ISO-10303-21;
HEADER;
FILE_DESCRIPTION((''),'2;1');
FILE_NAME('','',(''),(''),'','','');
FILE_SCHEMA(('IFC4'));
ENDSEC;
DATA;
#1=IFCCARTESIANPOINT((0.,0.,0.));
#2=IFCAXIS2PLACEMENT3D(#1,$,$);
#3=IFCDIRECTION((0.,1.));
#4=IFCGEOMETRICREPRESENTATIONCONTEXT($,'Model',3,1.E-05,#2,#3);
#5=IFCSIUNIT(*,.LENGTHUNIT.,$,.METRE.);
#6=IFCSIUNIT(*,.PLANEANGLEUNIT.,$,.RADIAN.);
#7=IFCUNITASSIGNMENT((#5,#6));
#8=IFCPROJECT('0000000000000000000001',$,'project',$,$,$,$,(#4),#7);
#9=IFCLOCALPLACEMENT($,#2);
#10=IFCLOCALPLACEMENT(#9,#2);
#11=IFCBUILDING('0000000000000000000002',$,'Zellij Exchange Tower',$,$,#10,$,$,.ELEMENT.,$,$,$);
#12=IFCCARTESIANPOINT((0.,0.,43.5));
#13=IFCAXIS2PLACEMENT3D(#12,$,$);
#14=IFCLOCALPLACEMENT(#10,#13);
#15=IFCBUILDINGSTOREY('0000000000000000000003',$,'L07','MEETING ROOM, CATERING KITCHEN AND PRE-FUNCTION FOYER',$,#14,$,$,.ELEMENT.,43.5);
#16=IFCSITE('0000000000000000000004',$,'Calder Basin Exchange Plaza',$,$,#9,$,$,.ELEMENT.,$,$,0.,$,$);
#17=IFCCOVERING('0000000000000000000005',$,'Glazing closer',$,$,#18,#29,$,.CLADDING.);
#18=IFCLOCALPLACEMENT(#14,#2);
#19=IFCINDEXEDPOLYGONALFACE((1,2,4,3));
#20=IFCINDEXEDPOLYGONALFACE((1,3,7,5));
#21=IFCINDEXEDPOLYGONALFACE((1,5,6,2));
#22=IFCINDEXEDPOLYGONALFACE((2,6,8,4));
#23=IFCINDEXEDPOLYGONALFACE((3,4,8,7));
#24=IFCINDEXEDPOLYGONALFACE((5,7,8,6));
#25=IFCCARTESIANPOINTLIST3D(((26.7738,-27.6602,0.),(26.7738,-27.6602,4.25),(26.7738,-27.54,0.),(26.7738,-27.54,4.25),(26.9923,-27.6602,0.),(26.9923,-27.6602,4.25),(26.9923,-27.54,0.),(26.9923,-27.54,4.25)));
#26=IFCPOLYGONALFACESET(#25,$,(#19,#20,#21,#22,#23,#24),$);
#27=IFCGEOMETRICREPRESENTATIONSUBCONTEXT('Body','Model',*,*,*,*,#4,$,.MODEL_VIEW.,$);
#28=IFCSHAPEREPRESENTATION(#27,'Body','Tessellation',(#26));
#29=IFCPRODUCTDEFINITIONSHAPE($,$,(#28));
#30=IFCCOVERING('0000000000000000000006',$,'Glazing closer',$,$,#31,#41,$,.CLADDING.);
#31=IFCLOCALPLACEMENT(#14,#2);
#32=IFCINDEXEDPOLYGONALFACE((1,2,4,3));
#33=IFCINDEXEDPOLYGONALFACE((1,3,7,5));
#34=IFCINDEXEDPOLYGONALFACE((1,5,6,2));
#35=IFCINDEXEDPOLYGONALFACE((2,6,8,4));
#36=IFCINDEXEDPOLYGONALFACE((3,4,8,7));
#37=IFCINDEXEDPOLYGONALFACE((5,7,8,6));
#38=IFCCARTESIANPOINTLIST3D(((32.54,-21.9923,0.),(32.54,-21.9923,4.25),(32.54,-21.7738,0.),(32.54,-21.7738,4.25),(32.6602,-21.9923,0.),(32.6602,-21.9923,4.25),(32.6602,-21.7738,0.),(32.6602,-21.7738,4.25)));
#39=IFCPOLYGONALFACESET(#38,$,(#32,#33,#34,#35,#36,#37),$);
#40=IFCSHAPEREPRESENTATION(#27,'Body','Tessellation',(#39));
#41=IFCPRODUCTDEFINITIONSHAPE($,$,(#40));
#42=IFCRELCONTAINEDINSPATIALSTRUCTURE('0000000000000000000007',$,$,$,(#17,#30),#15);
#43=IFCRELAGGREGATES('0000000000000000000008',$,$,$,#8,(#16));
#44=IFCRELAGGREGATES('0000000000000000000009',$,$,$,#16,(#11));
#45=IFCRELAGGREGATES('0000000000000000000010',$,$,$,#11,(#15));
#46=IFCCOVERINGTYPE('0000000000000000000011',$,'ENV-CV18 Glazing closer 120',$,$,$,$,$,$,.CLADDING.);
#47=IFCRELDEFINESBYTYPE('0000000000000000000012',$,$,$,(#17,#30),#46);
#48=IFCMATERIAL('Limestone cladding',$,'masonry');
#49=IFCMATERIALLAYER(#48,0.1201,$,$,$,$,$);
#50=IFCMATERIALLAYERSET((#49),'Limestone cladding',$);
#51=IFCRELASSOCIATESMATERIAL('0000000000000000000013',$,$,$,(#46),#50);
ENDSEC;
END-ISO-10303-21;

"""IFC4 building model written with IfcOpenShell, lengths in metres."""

from ifc_helpers import new_model, si_unit, direction, frame, origin, origin_2d, place, context, subcontext, project, spatial, rectangle, extrude, material, layer, layer_set, type_object, element, save


model = new_model("IFC4")

# Units and contexts
model_context = context("Model", 3, precision=1e-05, world=origin(), true_north=direction((0.0, 1.0)))
body_context = subcontext(model_context, "Body", "Model", "MODEL_VIEW")
ifc_project = project(units=[si_unit("LENGTHUNIT", "METRE"), si_unit("PLANEANGLEUNIT", "RADIAN")], contexts=[model_context])

# Site, building, storey
site_placement = place(None, origin())
site = spatial("IfcSite", under=ifc_project, at=site_placement, Name="Calder Basin Exchange Plaza", CompositionType="ELEMENT", RefElevation=0.0)
building_placement = place(site_placement, origin())
building = spatial("IfcBuilding", under=site, at=building_placement, Name="Zellij Exchange Tower", CompositionType="ELEMENT")
storey_placement = place(building_placement, frame((0.0, 0.0, 43.5)))
storey = spatial("IfcBuildingStorey", under=building, at=storey_placement, Name="L07", Description="MEETING ROOM, CATERING KITCHEN AND PRE-FUNCTION FOYER", CompositionType="ELEMENT", Elevation=43.5)

# Coverings
ifc_material_1 = material(Name="Limestone cladding", Category="masonry")
ifc_layer_1 = layer(ifc_material_1, 0.1201)
ifc_layer_set_1 = layer_set([ifc_layer_1], Name="Limestone cladding")
covering_type = type_object("IfcCoveringType", Name="ENV-CV18 Glazing closer 120", PredefinedType="CLADDING", material=ifc_layer_set_1)
for number, where, z_axis, x_axis, name in (
    (1, (26.8831, -27.6001, 0.0), (0.0, 0.0, 1.0), (1.0, 0.0, 0.0), "Glazing closer"),
    (2, (32.6001, -21.8831, 0.0), (0.0, 0.0, 1.0), (0.0, -1.0, 0.0), "Glazing closer"),
):
    element("IfcCovering", number, at=place(storey_placement, frame(where, z_axis=z_axis, x_axis=x_axis)), inside=storey, type_object=covering_type, Name=name, PredefinedType="CLADDING", context=body_context, shape_type="SweptSolid", body=[
        extrude(rectangle(XDim=0.2185, YDim=0.1201, at=origin_2d()), origin(), (0.0, 0.0, 1.0), 4.25),
    ])

save(model, "model.ifc")
